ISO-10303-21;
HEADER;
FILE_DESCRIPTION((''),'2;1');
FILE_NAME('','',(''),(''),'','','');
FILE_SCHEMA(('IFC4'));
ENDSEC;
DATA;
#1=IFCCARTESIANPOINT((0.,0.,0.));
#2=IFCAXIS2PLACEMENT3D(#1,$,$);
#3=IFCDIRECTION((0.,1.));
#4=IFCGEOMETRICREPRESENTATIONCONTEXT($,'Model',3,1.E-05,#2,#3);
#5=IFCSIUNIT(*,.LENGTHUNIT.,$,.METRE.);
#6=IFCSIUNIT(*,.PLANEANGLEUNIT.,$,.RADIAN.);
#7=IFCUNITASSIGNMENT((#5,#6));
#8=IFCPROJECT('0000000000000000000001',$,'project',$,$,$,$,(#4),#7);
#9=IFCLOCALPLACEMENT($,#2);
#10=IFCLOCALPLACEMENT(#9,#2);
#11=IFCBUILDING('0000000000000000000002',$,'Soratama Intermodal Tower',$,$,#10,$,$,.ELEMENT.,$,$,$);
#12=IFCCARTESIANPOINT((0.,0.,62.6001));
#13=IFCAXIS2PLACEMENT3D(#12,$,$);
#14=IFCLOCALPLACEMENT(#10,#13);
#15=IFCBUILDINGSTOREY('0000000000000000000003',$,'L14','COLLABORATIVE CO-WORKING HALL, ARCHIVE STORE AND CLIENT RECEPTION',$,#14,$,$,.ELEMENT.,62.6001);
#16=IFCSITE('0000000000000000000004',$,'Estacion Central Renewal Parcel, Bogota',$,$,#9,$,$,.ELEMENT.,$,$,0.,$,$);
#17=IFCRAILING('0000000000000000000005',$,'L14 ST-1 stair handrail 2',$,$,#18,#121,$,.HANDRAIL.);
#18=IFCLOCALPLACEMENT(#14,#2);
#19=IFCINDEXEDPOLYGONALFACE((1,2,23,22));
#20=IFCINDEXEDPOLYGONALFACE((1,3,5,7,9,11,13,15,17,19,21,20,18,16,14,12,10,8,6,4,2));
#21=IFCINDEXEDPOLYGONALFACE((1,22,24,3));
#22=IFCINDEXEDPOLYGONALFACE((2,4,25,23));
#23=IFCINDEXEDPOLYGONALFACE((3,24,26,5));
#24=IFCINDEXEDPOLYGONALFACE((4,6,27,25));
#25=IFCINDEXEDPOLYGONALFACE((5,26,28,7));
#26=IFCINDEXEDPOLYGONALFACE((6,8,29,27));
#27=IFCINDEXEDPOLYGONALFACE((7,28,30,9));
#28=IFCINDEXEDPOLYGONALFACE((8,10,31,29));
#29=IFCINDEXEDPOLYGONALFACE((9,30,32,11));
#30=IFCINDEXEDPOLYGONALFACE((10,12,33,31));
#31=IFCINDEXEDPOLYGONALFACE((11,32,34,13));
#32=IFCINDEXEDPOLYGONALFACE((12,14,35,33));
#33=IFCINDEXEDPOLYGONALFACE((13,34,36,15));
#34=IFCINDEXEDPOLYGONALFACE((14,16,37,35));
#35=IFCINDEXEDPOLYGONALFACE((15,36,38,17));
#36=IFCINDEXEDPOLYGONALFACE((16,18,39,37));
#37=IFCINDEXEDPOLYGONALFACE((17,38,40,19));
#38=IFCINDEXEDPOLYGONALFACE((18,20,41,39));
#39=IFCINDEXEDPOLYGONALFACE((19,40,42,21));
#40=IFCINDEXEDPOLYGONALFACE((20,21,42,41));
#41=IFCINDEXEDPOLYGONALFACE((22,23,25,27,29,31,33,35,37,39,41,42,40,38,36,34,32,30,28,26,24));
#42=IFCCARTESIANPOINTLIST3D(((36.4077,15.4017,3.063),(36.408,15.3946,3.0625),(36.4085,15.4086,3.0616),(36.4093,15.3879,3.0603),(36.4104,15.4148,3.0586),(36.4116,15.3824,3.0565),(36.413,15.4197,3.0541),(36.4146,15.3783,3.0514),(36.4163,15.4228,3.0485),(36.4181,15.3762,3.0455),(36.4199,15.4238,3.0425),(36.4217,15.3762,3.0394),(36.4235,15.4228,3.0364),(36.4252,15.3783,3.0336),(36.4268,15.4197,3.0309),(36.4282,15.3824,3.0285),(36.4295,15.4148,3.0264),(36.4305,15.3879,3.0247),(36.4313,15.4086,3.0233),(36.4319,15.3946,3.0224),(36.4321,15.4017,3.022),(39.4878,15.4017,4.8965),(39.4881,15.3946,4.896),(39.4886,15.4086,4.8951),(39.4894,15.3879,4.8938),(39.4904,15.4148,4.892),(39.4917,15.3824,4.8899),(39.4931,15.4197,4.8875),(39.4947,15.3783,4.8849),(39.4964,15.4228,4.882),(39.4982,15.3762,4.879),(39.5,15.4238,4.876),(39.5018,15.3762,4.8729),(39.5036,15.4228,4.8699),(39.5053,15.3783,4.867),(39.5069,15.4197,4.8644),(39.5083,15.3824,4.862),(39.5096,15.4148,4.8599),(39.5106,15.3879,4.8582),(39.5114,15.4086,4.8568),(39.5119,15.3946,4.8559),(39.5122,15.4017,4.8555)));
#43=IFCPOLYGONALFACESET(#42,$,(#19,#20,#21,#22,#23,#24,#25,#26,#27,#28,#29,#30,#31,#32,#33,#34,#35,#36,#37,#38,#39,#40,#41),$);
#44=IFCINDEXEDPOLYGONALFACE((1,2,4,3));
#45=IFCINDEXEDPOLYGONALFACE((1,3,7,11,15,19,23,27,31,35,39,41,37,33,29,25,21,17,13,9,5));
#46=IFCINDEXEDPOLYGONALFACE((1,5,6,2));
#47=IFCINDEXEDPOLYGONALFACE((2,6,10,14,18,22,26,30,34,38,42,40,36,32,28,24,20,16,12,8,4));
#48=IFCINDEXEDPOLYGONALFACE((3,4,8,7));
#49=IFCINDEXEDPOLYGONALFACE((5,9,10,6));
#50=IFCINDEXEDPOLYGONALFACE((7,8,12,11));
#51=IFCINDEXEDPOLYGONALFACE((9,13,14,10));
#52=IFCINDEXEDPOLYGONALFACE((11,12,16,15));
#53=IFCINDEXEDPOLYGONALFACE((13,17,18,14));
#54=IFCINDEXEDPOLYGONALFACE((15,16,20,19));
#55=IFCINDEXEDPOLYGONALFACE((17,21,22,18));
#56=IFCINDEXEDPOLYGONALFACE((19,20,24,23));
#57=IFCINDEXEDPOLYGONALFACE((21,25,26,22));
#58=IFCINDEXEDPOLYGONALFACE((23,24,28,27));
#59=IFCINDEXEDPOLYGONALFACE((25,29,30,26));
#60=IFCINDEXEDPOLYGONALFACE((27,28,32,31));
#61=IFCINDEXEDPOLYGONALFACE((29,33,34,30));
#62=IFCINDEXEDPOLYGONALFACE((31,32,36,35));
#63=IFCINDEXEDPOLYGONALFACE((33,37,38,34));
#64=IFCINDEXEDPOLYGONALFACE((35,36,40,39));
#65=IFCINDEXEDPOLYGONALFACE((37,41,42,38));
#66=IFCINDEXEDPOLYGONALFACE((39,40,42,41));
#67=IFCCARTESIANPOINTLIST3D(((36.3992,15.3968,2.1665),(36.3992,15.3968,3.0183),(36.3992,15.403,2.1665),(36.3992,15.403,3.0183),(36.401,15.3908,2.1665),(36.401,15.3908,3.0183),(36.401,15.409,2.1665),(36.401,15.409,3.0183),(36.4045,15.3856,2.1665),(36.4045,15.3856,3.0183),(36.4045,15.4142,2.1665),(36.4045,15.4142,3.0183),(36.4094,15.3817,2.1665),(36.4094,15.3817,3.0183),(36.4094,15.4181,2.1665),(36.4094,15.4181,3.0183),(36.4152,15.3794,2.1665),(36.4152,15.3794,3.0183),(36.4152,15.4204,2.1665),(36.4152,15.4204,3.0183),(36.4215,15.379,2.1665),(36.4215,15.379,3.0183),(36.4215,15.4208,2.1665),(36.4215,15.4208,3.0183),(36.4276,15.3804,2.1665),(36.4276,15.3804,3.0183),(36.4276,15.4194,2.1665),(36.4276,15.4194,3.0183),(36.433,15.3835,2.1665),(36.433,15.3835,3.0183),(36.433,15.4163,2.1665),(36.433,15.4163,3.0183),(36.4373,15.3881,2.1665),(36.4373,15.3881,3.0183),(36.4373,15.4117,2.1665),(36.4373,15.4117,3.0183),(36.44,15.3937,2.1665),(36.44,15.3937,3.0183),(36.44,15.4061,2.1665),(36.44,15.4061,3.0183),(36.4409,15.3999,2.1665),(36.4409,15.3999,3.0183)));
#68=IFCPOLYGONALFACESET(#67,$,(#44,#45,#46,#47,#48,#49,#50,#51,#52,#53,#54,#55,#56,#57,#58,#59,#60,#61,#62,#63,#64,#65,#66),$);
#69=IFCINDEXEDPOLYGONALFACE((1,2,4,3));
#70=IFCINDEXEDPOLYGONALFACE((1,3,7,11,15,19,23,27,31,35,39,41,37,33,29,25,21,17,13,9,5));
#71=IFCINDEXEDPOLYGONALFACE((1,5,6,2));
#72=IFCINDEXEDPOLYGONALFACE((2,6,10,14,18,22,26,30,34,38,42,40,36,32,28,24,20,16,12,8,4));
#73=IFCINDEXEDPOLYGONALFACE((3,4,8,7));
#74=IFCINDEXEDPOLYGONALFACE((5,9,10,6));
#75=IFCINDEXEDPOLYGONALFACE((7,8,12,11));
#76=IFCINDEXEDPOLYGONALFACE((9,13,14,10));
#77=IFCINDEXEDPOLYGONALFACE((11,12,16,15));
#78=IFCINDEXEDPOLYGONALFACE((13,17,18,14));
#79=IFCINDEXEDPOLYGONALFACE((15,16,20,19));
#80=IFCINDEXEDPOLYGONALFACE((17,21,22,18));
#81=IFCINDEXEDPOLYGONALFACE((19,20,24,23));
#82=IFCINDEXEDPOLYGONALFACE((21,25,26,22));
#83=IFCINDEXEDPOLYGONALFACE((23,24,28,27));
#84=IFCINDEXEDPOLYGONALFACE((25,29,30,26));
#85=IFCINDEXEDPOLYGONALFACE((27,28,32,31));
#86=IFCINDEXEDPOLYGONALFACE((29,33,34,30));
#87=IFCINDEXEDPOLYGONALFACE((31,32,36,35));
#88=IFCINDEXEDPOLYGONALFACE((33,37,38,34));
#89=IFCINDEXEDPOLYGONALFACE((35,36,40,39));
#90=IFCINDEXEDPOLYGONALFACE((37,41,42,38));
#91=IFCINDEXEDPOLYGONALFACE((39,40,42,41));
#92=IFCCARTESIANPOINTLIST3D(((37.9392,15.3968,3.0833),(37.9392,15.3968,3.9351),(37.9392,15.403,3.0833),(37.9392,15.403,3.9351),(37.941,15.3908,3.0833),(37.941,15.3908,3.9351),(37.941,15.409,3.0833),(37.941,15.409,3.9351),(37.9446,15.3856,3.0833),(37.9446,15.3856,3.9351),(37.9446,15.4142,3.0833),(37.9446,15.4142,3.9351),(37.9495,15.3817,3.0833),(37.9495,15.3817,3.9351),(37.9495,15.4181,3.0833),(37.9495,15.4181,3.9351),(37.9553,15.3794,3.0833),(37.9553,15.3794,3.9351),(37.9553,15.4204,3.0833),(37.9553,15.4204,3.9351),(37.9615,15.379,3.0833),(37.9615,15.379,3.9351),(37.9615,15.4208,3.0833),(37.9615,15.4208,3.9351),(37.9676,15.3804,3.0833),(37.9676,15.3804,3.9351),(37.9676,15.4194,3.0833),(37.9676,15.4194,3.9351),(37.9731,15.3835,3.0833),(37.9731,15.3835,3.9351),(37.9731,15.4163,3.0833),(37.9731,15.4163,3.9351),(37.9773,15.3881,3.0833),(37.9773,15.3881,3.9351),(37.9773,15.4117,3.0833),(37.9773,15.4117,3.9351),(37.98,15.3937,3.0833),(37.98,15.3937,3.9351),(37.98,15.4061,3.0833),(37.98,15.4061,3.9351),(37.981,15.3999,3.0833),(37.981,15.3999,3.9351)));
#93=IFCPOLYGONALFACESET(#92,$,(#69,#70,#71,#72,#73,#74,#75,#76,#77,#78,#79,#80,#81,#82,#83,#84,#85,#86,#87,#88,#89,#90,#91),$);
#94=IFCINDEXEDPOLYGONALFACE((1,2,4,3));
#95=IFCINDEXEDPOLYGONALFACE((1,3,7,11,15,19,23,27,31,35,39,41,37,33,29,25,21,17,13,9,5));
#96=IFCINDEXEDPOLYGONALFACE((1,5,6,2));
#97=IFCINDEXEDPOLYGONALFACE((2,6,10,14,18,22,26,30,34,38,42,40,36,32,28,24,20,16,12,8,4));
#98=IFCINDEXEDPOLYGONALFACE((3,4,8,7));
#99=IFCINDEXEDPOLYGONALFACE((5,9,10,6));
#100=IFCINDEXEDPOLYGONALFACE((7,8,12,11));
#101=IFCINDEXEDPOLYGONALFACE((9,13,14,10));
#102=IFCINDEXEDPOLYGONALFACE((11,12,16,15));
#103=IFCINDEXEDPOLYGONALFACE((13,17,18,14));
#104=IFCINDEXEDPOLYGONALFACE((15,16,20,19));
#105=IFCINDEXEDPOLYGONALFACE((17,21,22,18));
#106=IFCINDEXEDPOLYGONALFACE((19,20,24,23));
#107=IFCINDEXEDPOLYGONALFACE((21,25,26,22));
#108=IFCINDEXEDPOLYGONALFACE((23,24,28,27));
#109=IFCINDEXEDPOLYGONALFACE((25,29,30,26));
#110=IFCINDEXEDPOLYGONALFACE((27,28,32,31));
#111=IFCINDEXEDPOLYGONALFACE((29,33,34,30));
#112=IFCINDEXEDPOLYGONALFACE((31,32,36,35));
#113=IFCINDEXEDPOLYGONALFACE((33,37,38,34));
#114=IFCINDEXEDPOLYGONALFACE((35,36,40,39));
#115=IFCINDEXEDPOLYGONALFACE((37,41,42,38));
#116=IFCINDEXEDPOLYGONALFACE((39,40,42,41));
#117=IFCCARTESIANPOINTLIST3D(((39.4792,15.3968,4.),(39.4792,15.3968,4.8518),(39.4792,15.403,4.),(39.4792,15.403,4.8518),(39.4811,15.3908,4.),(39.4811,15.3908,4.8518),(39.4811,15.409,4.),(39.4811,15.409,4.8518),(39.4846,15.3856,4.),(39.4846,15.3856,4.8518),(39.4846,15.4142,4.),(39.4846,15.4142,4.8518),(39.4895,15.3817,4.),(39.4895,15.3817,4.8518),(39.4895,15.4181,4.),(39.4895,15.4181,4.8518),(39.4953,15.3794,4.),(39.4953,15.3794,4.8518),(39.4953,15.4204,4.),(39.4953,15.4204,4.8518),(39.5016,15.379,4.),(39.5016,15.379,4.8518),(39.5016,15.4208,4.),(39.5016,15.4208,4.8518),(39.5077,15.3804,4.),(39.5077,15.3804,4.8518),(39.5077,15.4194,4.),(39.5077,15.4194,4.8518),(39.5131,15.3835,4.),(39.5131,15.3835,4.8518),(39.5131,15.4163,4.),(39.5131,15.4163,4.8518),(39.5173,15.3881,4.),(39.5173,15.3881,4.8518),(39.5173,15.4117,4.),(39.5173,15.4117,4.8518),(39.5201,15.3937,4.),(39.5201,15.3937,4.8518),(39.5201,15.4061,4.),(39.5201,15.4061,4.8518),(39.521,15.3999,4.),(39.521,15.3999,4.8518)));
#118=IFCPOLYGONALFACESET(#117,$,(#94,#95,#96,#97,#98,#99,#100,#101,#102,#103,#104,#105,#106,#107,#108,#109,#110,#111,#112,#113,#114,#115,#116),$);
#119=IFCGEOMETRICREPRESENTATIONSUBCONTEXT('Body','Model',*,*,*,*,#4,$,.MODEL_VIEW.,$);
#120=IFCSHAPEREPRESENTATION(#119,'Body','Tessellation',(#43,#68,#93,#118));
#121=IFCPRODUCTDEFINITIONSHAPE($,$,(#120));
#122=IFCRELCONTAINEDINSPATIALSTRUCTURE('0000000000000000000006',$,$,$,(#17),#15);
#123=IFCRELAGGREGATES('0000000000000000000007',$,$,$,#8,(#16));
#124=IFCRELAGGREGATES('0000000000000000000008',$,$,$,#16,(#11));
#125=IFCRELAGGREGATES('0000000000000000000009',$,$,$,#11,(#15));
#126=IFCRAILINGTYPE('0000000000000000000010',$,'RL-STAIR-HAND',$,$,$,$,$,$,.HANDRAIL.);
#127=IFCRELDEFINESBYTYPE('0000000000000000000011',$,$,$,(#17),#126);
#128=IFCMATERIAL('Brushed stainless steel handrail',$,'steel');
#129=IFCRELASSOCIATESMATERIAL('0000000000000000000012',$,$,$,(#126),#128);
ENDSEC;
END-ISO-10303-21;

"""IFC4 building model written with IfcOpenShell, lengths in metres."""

from ifc_helpers import new_model, si_unit, direction, frame, origin, origin_2d, place, context, subcontext, project, spatial, circle, extrude, material, type_object, element, save


model = new_model("IFC4")

# Units and contexts
model_context = context("Model", 3, precision=1e-05, world=origin(), true_north=direction((0.0, 1.0)))
body_context = subcontext(model_context, "Body", "Model", "MODEL_VIEW")
ifc_project = project(units=[si_unit("LENGTHUNIT", "METRE"), si_unit("PLANEANGLEUNIT", "RADIAN")], contexts=[model_context])

# Site, building, storey
site_placement = place(None, origin())
site = spatial("IfcSite", under=ifc_project, at=site_placement, Name="Estacion Central Renewal Parcel, Bogota", CompositionType="ELEMENT", RefElevation=0.0)
building_placement = place(site_placement, origin())
building = spatial("IfcBuilding", under=site, at=building_placement, Name="Soratama Intermodal Tower", CompositionType="ELEMENT")
storey_placement = place(building_placement, frame((0.0, 0.0, 62.6001)))
storey = spatial("IfcBuildingStorey", under=building, at=storey_placement, Name="L14", Description="COLLABORATIVE CO-WORKING HALL, ARCHIVE STORE AND CLIENT RECEPTION", CompositionType="ELEMENT", Elevation=62.6001)

# Railing
ifc_material_1 = material(Name="Brushed stainless steel handrail", Category="steel")
railing_type_1 = type_object("IfcRailingType", Name="RL-STAIR-HAND", PredefinedType="HANDRAIL", material=ifc_material_1)
railing_1_placement = place(storey_placement, frame((36.4199, 15.3999, 2.1665)))
element("IfcRailing", 1, at=railing_1_placement, inside=storey, type_object=railing_type_1, Name="L14 ST-1 stair handrail 2", PredefinedType="HANDRAIL", context=body_context, shape_type="SweptSolid", body=[
    extrude(circle(Radius=0.0239, at=origin_2d()), frame((0.0, 0.0, 0.876), z_axis=(0.859279, 0.0, 0.511508), x_axis=(0.0, 1.0, 0.0)), (0.0, 0.0, 1.0), 3.5845),
    extrude(circle(Radius=0.021, at=origin_2d()), origin(), (0.0, 0.0, 1.0), 0.8518),
    extrude(circle(Radius=0.021, at=origin_2d()), frame((1.54, 0.0, 0.9167)), (0.0, 0.0, 1.0), 0.8518),
    extrude(circle(Radius=0.021, at=origin_2d()), frame((3.0801, 0.0, 1.8335)), (0.0, 0.0, 1.0), 0.8518),
])

save(model, "model.ifc")
